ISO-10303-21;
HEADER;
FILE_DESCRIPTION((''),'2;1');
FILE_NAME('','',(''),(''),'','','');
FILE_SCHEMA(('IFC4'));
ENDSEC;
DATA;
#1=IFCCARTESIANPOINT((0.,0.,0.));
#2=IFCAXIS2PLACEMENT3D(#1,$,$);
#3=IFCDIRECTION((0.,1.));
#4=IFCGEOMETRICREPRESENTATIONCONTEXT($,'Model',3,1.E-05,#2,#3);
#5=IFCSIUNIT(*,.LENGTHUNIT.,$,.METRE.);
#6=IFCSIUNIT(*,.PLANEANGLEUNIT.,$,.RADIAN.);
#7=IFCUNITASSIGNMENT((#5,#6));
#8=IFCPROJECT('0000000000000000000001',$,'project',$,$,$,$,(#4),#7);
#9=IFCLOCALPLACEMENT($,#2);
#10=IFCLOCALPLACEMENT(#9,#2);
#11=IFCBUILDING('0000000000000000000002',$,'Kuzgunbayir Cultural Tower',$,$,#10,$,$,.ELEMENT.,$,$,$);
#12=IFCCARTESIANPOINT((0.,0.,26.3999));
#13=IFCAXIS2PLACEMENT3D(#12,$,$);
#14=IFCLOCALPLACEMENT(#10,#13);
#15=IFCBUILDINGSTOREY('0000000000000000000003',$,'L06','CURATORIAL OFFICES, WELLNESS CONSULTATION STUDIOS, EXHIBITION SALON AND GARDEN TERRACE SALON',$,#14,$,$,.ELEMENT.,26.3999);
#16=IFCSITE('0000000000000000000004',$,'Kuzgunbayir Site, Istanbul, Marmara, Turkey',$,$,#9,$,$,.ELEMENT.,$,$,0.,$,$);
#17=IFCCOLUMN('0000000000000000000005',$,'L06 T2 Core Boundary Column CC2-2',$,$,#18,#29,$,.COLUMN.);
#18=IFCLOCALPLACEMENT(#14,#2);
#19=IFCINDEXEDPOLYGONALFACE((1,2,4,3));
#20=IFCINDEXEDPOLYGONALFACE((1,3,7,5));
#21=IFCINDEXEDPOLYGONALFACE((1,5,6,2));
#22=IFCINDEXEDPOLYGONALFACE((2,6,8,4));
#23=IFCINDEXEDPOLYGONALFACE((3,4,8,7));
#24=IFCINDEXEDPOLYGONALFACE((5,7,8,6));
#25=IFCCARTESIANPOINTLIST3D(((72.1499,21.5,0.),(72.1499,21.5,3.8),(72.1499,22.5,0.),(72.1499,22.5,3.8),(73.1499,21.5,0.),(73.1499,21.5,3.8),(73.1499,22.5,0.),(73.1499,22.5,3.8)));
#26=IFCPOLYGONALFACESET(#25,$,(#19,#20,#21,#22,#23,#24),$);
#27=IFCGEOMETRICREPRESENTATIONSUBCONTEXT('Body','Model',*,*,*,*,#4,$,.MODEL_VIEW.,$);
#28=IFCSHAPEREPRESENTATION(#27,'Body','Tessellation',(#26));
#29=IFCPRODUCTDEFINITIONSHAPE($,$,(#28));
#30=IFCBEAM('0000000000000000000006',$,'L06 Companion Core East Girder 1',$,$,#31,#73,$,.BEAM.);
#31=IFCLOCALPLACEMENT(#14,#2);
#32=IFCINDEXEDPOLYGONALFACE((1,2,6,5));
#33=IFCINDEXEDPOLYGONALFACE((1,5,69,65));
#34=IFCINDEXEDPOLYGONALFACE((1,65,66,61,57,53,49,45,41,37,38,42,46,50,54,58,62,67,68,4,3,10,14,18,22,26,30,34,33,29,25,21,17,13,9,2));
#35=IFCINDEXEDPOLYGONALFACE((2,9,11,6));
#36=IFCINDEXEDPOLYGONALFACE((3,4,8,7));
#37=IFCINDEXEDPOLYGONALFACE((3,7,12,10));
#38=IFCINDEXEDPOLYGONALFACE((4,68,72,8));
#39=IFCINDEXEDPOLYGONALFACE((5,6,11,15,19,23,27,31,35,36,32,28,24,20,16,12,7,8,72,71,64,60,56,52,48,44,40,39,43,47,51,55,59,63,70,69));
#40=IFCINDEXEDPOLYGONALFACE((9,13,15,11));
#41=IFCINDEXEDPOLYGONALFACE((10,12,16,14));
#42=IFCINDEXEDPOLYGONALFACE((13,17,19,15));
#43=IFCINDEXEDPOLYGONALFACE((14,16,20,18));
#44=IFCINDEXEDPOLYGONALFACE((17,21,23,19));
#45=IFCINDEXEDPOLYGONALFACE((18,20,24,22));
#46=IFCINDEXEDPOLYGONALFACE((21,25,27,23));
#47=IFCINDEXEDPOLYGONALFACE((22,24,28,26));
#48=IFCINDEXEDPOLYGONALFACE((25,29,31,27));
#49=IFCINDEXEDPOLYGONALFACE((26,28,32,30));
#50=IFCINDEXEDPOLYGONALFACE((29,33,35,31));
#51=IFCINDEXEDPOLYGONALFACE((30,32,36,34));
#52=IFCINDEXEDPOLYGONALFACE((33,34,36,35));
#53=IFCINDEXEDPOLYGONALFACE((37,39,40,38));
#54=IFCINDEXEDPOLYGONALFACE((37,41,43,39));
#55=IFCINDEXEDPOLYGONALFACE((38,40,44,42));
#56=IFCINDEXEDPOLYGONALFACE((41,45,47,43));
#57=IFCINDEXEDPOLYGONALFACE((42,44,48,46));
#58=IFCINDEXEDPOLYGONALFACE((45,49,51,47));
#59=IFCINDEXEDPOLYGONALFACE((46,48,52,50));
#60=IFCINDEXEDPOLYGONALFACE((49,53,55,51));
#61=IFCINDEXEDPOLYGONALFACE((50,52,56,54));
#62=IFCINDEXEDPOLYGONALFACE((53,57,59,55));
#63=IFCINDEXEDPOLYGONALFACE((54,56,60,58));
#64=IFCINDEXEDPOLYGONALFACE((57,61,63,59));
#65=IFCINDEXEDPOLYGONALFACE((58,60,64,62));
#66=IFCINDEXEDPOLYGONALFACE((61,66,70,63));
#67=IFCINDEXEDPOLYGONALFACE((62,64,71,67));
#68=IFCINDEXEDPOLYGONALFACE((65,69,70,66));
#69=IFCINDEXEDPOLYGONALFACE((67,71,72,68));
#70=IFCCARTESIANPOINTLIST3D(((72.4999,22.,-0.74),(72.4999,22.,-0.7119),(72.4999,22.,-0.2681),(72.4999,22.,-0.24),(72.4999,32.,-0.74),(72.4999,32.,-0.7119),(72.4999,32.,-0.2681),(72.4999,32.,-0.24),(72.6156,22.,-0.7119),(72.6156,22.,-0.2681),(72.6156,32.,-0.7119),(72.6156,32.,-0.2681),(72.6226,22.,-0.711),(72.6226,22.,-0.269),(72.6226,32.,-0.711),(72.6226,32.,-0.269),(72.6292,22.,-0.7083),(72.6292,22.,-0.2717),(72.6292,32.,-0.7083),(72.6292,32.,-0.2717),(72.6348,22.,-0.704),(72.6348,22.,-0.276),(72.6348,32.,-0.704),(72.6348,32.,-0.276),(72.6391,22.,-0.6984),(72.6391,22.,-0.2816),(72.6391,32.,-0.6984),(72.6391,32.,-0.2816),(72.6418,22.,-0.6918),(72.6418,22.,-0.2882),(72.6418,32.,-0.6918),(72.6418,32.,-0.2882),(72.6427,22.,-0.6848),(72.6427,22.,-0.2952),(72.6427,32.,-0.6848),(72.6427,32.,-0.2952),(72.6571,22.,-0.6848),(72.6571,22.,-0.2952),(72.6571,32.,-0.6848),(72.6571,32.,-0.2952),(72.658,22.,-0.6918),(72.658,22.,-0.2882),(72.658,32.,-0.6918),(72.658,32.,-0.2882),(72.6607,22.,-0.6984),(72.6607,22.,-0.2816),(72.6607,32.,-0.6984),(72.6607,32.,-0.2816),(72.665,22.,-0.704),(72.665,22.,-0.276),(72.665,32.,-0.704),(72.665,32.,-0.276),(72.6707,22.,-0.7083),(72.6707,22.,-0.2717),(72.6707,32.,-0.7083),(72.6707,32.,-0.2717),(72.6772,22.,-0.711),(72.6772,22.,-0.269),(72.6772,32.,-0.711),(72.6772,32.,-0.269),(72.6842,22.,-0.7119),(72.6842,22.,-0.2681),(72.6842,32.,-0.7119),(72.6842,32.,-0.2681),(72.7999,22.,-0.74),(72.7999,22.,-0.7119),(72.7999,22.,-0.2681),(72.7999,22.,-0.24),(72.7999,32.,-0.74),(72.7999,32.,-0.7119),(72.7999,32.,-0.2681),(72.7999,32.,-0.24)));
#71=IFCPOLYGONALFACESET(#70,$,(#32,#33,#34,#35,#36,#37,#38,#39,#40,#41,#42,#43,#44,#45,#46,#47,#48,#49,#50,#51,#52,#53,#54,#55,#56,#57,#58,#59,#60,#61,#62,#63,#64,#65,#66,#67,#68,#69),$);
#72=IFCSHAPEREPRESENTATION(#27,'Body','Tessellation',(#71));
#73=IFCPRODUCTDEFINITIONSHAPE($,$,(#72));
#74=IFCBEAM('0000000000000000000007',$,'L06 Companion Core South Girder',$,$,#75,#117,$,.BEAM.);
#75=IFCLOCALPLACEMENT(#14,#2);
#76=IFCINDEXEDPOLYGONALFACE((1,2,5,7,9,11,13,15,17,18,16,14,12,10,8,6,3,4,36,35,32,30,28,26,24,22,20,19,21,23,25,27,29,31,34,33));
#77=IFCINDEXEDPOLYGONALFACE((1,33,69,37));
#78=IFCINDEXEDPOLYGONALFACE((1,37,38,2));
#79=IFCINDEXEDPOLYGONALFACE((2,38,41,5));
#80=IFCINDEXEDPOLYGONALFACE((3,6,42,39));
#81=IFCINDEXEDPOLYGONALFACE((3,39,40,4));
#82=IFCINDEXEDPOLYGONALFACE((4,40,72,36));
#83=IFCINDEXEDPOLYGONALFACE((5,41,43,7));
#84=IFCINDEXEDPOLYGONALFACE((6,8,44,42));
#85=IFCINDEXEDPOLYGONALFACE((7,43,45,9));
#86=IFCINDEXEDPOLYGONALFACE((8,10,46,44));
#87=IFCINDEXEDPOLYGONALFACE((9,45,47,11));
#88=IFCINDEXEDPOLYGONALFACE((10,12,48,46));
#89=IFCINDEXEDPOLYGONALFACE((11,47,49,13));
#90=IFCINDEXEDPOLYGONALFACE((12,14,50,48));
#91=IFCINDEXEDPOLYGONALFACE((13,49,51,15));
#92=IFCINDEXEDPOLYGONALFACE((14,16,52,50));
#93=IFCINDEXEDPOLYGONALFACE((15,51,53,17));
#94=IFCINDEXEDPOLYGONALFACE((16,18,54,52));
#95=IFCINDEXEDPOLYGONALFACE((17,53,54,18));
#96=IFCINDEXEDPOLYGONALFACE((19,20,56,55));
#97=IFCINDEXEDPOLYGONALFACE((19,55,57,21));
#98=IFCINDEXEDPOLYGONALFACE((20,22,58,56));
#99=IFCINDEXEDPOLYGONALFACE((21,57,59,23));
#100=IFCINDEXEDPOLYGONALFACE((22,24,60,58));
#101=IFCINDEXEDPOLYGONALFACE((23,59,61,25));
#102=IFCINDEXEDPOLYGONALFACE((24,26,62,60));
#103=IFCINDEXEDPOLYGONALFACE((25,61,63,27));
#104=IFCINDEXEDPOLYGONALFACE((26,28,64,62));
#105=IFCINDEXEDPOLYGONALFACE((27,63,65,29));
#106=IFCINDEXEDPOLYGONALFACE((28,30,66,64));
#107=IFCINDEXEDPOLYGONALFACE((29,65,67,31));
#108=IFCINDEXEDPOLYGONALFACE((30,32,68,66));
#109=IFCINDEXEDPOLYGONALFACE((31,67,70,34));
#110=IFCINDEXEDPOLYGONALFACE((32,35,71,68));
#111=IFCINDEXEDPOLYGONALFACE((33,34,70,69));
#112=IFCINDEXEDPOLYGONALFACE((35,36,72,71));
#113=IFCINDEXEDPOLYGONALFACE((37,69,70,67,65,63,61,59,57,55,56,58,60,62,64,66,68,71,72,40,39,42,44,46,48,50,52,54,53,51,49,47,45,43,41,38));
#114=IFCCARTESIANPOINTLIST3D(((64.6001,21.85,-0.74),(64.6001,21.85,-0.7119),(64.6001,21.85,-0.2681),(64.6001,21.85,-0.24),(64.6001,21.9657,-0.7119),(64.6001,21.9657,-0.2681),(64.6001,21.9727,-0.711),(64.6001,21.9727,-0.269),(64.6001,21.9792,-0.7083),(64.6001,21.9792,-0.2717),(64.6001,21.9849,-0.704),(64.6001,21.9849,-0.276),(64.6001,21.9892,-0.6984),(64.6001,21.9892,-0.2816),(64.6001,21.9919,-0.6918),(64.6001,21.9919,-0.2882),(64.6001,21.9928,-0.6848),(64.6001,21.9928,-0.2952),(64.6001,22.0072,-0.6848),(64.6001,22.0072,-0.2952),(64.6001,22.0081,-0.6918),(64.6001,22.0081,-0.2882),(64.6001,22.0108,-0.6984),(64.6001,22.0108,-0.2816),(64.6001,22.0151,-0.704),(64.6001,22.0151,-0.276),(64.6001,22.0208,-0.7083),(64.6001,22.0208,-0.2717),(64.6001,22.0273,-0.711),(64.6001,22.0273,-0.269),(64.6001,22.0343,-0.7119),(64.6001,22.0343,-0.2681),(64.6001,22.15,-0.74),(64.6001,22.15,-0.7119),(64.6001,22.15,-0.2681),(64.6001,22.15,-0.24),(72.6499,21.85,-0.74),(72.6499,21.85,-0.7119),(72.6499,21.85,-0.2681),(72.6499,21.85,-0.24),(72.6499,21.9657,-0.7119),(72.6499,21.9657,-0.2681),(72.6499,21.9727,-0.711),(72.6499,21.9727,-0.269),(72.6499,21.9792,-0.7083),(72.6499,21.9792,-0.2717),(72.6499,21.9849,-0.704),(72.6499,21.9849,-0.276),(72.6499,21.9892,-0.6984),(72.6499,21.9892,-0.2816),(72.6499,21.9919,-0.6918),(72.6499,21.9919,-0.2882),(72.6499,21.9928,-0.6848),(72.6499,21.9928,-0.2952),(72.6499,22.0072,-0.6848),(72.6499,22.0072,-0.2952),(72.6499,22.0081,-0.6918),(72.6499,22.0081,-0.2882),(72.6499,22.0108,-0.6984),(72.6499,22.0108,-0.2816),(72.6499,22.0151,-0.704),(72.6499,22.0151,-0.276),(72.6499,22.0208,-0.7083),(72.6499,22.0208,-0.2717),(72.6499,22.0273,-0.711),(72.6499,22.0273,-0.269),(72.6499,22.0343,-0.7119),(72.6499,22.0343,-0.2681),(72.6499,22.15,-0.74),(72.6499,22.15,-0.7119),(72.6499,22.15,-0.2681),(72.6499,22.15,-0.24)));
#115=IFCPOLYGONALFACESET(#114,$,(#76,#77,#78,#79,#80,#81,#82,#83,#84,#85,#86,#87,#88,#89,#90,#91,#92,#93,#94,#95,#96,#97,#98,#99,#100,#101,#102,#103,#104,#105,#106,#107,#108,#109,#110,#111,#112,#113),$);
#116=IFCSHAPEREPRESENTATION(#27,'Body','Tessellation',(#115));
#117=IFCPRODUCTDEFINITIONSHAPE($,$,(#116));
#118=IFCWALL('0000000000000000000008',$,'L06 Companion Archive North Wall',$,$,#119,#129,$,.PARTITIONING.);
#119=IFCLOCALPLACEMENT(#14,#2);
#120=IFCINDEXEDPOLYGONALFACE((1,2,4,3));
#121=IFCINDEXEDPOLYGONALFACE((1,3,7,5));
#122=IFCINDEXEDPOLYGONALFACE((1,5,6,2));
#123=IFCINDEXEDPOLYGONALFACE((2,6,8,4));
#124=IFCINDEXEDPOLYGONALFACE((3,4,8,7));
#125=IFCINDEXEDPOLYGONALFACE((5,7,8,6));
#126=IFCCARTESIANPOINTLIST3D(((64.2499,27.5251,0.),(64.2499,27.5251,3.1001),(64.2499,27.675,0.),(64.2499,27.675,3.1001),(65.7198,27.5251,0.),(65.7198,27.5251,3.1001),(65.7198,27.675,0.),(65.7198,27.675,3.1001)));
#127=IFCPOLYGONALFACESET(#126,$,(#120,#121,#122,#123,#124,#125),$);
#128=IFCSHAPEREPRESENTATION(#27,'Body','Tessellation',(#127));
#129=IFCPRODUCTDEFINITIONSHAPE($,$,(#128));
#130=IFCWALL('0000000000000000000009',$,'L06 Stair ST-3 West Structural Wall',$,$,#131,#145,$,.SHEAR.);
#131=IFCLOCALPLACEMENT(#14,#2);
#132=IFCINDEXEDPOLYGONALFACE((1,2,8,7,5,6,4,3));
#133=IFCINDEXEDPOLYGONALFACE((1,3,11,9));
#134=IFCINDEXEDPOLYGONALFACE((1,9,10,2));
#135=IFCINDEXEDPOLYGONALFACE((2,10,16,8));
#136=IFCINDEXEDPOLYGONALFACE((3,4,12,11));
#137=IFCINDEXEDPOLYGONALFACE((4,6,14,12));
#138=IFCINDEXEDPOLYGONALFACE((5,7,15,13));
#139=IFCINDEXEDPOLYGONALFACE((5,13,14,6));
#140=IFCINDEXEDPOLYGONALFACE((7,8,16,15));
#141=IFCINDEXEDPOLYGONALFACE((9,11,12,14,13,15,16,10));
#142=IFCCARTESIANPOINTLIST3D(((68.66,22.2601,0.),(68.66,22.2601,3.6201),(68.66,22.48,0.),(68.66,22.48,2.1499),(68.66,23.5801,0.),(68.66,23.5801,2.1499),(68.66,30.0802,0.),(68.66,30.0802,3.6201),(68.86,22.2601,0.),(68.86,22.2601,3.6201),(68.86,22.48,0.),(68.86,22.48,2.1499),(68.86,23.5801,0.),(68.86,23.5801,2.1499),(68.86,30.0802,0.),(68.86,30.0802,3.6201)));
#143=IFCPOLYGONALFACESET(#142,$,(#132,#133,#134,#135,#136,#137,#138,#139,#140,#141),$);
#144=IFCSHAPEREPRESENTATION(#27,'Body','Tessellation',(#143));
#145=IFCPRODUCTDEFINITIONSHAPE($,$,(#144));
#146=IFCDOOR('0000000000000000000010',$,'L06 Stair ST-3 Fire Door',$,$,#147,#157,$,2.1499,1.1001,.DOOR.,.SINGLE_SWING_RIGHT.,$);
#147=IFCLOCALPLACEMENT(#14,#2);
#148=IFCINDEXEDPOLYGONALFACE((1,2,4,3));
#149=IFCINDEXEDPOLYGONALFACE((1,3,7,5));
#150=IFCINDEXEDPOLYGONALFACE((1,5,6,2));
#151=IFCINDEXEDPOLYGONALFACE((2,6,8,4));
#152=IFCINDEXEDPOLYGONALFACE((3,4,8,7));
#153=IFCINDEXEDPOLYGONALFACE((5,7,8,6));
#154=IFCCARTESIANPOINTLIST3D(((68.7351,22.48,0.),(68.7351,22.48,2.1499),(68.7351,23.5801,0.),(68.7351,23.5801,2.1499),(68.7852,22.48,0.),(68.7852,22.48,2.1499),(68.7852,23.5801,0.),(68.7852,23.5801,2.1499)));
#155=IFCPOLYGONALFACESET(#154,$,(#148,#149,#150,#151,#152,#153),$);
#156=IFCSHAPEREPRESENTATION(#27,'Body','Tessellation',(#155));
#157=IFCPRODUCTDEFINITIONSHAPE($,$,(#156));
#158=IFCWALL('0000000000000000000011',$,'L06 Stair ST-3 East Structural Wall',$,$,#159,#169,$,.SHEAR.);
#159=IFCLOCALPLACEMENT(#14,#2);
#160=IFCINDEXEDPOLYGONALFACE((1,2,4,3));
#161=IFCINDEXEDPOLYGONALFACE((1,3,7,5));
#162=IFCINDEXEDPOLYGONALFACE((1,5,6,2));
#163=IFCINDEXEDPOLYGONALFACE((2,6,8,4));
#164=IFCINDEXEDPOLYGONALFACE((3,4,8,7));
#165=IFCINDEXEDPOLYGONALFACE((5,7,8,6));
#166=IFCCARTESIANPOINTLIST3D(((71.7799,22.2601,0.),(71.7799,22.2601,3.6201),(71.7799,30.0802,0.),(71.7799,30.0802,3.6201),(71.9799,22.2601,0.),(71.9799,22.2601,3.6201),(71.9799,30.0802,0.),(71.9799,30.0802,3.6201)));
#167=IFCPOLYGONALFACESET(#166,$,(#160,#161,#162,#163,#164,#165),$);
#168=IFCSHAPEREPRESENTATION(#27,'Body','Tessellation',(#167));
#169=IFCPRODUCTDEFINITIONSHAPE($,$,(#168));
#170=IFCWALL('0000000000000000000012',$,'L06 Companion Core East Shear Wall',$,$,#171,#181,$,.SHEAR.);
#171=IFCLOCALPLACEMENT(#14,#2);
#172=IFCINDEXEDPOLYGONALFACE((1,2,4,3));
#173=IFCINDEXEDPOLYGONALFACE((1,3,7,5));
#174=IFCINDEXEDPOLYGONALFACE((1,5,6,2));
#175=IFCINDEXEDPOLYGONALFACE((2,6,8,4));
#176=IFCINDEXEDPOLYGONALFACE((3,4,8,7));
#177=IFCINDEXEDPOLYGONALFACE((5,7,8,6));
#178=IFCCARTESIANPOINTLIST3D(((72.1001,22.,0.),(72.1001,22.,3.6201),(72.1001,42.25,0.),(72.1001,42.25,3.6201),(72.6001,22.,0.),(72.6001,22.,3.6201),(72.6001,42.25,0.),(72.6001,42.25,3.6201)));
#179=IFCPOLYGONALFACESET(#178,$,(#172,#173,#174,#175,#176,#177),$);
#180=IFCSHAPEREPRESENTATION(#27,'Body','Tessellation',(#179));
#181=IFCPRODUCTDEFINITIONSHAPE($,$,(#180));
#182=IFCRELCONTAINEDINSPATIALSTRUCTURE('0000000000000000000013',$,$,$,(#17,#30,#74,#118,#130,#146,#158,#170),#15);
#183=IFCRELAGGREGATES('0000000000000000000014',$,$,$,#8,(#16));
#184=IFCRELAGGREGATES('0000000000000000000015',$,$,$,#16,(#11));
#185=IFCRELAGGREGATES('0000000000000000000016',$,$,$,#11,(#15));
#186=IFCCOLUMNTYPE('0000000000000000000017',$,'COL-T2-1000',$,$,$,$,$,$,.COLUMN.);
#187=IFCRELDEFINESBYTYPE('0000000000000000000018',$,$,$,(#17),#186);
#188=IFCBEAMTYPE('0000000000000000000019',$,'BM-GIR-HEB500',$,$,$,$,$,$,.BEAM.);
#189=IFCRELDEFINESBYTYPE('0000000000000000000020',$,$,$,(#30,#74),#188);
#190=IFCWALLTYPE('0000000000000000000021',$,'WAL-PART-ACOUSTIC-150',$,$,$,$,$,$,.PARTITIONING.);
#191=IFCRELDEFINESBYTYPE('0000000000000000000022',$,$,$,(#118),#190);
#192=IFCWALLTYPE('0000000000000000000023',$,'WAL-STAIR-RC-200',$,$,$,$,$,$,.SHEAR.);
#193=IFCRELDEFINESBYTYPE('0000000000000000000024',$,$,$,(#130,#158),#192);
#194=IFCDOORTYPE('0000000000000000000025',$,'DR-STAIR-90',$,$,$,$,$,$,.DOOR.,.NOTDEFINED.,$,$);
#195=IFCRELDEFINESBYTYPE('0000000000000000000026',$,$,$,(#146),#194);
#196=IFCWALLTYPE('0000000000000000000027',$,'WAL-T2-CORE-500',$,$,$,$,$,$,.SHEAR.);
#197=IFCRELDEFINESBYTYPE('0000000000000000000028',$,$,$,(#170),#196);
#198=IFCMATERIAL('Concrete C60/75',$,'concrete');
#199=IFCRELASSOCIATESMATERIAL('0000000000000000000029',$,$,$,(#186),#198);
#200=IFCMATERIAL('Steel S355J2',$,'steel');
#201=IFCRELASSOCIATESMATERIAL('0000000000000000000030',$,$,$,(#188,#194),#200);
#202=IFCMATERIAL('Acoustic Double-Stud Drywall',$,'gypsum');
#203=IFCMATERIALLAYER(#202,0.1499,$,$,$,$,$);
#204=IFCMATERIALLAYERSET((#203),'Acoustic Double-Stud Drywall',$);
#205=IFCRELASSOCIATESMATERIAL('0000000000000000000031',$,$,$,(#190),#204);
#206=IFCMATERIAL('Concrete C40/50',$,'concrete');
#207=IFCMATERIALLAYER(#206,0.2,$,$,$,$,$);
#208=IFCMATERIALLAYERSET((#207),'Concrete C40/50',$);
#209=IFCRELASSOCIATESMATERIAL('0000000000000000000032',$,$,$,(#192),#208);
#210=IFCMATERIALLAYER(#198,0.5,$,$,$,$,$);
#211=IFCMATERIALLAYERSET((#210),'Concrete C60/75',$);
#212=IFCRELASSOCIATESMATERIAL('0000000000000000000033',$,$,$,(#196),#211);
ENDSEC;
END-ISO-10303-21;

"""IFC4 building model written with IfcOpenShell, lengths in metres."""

from ifc_helpers import new_model, si_unit, direction, frame, frame_2d, origin, origin_2d, place, context, subcontext, project, spatial, rectangle, i_section, extrude, material, layer, layer_set, material_profile, profile_set, type_object, element, fill, save


model = new_model("IFC4")

# Units and contexts
model_context = context("Model", 3, precision=1e-05, world=origin(), true_north=direction((0.0, 1.0)))
body_context = subcontext(model_context, "Body", "Model", "MODEL_VIEW")
ifc_project = project(units=[si_unit("LENGTHUNIT", "METRE"), si_unit("PLANEANGLEUNIT", "RADIAN")], contexts=[model_context])

# Site, building, storey
site_placement = place(None, origin())
site = spatial("IfcSite", under=ifc_project, at=site_placement, Name="Kuzgunbayir Site, Istanbul, Marmara, Turkey", CompositionType="ELEMENT", RefElevation=0.0)
building_placement = place(site_placement, origin())
building = spatial("IfcBuilding", under=site, at=building_placement, Name="Kuzgunbayir Cultural Tower", CompositionType="ELEMENT")
storey_placement = place(building_placement, frame((0.0, 0.0, 26.3999)))
storey = spatial("IfcBuildingStorey", under=building, at=storey_placement, Name="L06", Description="CURATORIAL OFFICES, WELLNESS CONSULTATION STUDIOS, EXHIBITION SALON AND GARDEN TERRACE SALON", CompositionType="ELEMENT", Elevation=26.3999)

# Column
ifc_material_1 = material(Name="Concrete C60/75", Category="concrete")
ifc_material_profile_1 = material_profile(ifc_material_1, rectangle(XDim=1.0, YDim=1.0, at=origin_2d()), Name="RC 1000x1000")
ifc_profile_set_1 = profile_set([ifc_material_profile_1], Name="Concrete C60/75")
column_type = type_object("IfcColumnType", Name="COL-T2-1000", PredefinedType="COLUMN", material=ifc_profile_set_1)
column_placement = place(storey_placement, frame((72.6499, 22.0, 0.0), z_axis=(0.0, 0.0, 1.0), x_axis=(1.0, 0.0, 0.0)))
element("IfcColumn", 1, at=column_placement, inside=storey, type_object=column_type, Name="L06 T2 Core Boundary Column CC2-2", PredefinedType="COLUMN", context=body_context, shape_type="SweptSolid", body=[
    extrude(rectangle(XDim=1.0, YDim=1.0, at=origin_2d()), origin(), (0.0, 0.0, 1.0), 3.8),
])

# Beams
ifc_material_2 = material(Name="Steel S355J2", Category="steel")
ifc_material_profile_2 = material_profile(ifc_material_2, i_section(OverallWidth=0.3, OverallDepth=0.5, WebThickness=0.0144, FlangeThickness=0.0281, FilletRadius=0.0271, at=origin_2d()), Name="HEB 500")
ifc_profile_set_2 = profile_set([ifc_material_profile_2], Name="Steel S355J2")
beam_type = type_object("IfcBeamType", Name="BM-GIR-HEB500", PredefinedType="BEAM", material=ifc_profile_set_2)
beam_1_placement = place(storey_placement, frame((72.6499, 22.0, -0.49), z_axis=(0.0, 1.0, 0.0), x_axis=(-1.0, 0.0, 0.0)))
element("IfcBeam", 2, at=beam_1_placement, inside=storey, type_object=beam_type, Name="L06 Companion Core East Girder 1", PredefinedType="BEAM", context=body_context, shape_type="SweptSolid", body=[
    extrude(i_section(OverallWidth=0.3, OverallDepth=0.5, WebThickness=0.0144, FlangeThickness=0.0281, FilletRadius=0.0271, at=origin_2d()), origin(), (0.0, 0.0, 1.0), 10.0),
])
beam_2_placement = place(storey_placement, frame((64.6001, 22.0, -0.49), z_axis=(1.0, 0.0, 0.0), x_axis=(0.0, 1.0, 0.0)))
element("IfcBeam", 3, at=beam_2_placement, inside=storey, type_object=beam_type, Name="L06 Companion Core South Girder", PredefinedType="BEAM", context=body_context, shape_type="SweptSolid", body=[
    extrude(i_section(OverallWidth=0.3, OverallDepth=0.5, WebThickness=0.0144, FlangeThickness=0.0281, FilletRadius=0.0271, at=origin_2d()), origin(), (0.0, 0.0, 1.0), 8.0498),
])

# Wall
ifc_material_3 = material(Name="Acoustic Double-Stud Drywall", Category="gypsum")
ifc_layer_1 = layer(ifc_material_3, 0.1499)
ifc_layer_set_1 = layer_set([ifc_layer_1], Name="Acoustic Double-Stud Drywall")
wall_type_1 = type_object("IfcWallType", Name="WAL-PART-ACOUSTIC-150", PredefinedType="PARTITIONING", material=ifc_layer_set_1)
wall_1_placement = place(storey_placement, frame((64.25, 27.6001, 0.0), z_axis=(0.0, 0.0, 1.0), x_axis=(1.0, 0.0, 0.0)))
element("IfcWall", 4, at=wall_1_placement, inside=storey, type_object=wall_type_1, Name="L06 Companion Archive North Wall", PredefinedType="PARTITIONING", context=body_context, shape_type="SweptSolid", body=[
    extrude(rectangle(XDim=1.47, YDim=0.1499, at=frame_2d((0.7349, 0.0))), origin(), (0.0, 0.0, 1.0), 3.1001),
])

# Wall, opening, door
ifc_material_4 = material(Name="Concrete C40/50", Category="concrete")
ifc_layer_2 = layer(ifc_material_4, 0.2)
ifc_layer_set_2 = layer_set([ifc_layer_2], Name="Concrete C40/50")
wall_type_2 = type_object("IfcWallType", Name="WAL-STAIR-RC-200", PredefinedType="SHEAR", material=ifc_layer_set_2)
wall_2_placement = place(storey_placement, frame((68.76, 22.26, 0.0), z_axis=(0.0, 0.0, 1.0), x_axis=(0.0, 1.0, 0.0)))
wall_2 = element("IfcWall", 5, at=wall_2_placement, inside=storey, type_object=wall_type_2, Name="L06 Stair ST-3 West Structural Wall", PredefinedType="SHEAR", context=body_context, shape_type="SweptSolid", body=[
    extrude(rectangle(XDim=7.8201, YDim=0.2, at=frame_2d((3.9102, 0.0))), origin(), (0.0, 0.0, 1.0), 3.6201),
])
opening_1_placement = place(wall_2_placement, frame((0.22, 0.0, 0.0)))
opening_1 = element("IfcOpeningElement", 6, at=opening_1_placement, cuts=wall_2, PredefinedType="OPENING", context=body_context, shape_type="SweptSolid", body=[
    extrude(rectangle(XDim=1.1001, YDim=2.1499, at=frame_2d((0.55, 1.075))), frame((0.0, 0.1099, 0.0), z_axis=(0.0, -1.0, 0.0), x_axis=(1.0, 0.0, 0.0)), (0.0, 0.0, 1.0), 0.22),
])
door_type_1 = type_object("IfcDoorType", Name="DR-STAIR-90", OperationType="NOTDEFINED", PredefinedType="DOOR", material=ifc_material_2)
door_1_placement = place(opening_1_placement, origin())
door_1 = element("IfcDoor", 7, at=door_1_placement, inside=storey, type_object=door_type_1, Name="L06 Stair ST-3 Fire Door", OperationType="SINGLE_SWING_RIGHT", OverallHeight=2.1499, OverallWidth=1.1001, PredefinedType="DOOR", context=body_context, shape_type="SweptSolid", body=[
    extrude(rectangle(XDim=1.1001, YDim=2.1499, at=frame_2d((0.55, 1.075))), frame((0.0, 0.0249, 0.0), z_axis=(0.0, -1.0, 0.0), x_axis=(1.0, 0.0, 0.0)), (0.0, 0.0, 1.0), 0.05),
])
fill(opening_1, door_1)

# Walls
wall_3_placement = place(storey_placement, frame((71.8799, 22.26, 0.0), z_axis=(0.0, 0.0, 1.0), x_axis=(0.0, 1.0, 0.0)))
element("IfcWall", 8, at=wall_3_placement, inside=storey, type_object=wall_type_2, Name="L06 Stair ST-3 East Structural Wall", PredefinedType="SHEAR", context=body_context, shape_type="SweptSolid", body=[
    extrude(rectangle(XDim=7.8201, YDim=0.2, at=frame_2d((3.9102, 0.0))), origin(), (0.0, 0.0, 1.0), 3.6201),
])
ifc_layer_3 = layer(ifc_material_1, 0.5)
ifc_layer_set_3 = layer_set([ifc_layer_3], Name="Concrete C60/75")
wall_type_3 = type_object("IfcWallType", Name="WAL-T2-CORE-500", PredefinedType="SHEAR", material=ifc_layer_set_3)
wall_4_placement = place(storey_placement, frame((72.3501, 22.0, 0.0), z_axis=(0.0, 0.0, 1.0), x_axis=(0.0, 1.0, 0.0)))
element("IfcWall", 9, at=wall_4_placement, inside=storey, type_object=wall_type_3, Name="L06 Companion Core East Shear Wall", PredefinedType="SHEAR", context=body_context, shape_type="SweptSolid", body=[
    extrude(rectangle(XDim=20.25, YDim=0.5, at=frame_2d((10.125, 0.0))), origin(), (0.0, 0.0, 1.0), 3.6201),
])

save(model, "model.ifc")
